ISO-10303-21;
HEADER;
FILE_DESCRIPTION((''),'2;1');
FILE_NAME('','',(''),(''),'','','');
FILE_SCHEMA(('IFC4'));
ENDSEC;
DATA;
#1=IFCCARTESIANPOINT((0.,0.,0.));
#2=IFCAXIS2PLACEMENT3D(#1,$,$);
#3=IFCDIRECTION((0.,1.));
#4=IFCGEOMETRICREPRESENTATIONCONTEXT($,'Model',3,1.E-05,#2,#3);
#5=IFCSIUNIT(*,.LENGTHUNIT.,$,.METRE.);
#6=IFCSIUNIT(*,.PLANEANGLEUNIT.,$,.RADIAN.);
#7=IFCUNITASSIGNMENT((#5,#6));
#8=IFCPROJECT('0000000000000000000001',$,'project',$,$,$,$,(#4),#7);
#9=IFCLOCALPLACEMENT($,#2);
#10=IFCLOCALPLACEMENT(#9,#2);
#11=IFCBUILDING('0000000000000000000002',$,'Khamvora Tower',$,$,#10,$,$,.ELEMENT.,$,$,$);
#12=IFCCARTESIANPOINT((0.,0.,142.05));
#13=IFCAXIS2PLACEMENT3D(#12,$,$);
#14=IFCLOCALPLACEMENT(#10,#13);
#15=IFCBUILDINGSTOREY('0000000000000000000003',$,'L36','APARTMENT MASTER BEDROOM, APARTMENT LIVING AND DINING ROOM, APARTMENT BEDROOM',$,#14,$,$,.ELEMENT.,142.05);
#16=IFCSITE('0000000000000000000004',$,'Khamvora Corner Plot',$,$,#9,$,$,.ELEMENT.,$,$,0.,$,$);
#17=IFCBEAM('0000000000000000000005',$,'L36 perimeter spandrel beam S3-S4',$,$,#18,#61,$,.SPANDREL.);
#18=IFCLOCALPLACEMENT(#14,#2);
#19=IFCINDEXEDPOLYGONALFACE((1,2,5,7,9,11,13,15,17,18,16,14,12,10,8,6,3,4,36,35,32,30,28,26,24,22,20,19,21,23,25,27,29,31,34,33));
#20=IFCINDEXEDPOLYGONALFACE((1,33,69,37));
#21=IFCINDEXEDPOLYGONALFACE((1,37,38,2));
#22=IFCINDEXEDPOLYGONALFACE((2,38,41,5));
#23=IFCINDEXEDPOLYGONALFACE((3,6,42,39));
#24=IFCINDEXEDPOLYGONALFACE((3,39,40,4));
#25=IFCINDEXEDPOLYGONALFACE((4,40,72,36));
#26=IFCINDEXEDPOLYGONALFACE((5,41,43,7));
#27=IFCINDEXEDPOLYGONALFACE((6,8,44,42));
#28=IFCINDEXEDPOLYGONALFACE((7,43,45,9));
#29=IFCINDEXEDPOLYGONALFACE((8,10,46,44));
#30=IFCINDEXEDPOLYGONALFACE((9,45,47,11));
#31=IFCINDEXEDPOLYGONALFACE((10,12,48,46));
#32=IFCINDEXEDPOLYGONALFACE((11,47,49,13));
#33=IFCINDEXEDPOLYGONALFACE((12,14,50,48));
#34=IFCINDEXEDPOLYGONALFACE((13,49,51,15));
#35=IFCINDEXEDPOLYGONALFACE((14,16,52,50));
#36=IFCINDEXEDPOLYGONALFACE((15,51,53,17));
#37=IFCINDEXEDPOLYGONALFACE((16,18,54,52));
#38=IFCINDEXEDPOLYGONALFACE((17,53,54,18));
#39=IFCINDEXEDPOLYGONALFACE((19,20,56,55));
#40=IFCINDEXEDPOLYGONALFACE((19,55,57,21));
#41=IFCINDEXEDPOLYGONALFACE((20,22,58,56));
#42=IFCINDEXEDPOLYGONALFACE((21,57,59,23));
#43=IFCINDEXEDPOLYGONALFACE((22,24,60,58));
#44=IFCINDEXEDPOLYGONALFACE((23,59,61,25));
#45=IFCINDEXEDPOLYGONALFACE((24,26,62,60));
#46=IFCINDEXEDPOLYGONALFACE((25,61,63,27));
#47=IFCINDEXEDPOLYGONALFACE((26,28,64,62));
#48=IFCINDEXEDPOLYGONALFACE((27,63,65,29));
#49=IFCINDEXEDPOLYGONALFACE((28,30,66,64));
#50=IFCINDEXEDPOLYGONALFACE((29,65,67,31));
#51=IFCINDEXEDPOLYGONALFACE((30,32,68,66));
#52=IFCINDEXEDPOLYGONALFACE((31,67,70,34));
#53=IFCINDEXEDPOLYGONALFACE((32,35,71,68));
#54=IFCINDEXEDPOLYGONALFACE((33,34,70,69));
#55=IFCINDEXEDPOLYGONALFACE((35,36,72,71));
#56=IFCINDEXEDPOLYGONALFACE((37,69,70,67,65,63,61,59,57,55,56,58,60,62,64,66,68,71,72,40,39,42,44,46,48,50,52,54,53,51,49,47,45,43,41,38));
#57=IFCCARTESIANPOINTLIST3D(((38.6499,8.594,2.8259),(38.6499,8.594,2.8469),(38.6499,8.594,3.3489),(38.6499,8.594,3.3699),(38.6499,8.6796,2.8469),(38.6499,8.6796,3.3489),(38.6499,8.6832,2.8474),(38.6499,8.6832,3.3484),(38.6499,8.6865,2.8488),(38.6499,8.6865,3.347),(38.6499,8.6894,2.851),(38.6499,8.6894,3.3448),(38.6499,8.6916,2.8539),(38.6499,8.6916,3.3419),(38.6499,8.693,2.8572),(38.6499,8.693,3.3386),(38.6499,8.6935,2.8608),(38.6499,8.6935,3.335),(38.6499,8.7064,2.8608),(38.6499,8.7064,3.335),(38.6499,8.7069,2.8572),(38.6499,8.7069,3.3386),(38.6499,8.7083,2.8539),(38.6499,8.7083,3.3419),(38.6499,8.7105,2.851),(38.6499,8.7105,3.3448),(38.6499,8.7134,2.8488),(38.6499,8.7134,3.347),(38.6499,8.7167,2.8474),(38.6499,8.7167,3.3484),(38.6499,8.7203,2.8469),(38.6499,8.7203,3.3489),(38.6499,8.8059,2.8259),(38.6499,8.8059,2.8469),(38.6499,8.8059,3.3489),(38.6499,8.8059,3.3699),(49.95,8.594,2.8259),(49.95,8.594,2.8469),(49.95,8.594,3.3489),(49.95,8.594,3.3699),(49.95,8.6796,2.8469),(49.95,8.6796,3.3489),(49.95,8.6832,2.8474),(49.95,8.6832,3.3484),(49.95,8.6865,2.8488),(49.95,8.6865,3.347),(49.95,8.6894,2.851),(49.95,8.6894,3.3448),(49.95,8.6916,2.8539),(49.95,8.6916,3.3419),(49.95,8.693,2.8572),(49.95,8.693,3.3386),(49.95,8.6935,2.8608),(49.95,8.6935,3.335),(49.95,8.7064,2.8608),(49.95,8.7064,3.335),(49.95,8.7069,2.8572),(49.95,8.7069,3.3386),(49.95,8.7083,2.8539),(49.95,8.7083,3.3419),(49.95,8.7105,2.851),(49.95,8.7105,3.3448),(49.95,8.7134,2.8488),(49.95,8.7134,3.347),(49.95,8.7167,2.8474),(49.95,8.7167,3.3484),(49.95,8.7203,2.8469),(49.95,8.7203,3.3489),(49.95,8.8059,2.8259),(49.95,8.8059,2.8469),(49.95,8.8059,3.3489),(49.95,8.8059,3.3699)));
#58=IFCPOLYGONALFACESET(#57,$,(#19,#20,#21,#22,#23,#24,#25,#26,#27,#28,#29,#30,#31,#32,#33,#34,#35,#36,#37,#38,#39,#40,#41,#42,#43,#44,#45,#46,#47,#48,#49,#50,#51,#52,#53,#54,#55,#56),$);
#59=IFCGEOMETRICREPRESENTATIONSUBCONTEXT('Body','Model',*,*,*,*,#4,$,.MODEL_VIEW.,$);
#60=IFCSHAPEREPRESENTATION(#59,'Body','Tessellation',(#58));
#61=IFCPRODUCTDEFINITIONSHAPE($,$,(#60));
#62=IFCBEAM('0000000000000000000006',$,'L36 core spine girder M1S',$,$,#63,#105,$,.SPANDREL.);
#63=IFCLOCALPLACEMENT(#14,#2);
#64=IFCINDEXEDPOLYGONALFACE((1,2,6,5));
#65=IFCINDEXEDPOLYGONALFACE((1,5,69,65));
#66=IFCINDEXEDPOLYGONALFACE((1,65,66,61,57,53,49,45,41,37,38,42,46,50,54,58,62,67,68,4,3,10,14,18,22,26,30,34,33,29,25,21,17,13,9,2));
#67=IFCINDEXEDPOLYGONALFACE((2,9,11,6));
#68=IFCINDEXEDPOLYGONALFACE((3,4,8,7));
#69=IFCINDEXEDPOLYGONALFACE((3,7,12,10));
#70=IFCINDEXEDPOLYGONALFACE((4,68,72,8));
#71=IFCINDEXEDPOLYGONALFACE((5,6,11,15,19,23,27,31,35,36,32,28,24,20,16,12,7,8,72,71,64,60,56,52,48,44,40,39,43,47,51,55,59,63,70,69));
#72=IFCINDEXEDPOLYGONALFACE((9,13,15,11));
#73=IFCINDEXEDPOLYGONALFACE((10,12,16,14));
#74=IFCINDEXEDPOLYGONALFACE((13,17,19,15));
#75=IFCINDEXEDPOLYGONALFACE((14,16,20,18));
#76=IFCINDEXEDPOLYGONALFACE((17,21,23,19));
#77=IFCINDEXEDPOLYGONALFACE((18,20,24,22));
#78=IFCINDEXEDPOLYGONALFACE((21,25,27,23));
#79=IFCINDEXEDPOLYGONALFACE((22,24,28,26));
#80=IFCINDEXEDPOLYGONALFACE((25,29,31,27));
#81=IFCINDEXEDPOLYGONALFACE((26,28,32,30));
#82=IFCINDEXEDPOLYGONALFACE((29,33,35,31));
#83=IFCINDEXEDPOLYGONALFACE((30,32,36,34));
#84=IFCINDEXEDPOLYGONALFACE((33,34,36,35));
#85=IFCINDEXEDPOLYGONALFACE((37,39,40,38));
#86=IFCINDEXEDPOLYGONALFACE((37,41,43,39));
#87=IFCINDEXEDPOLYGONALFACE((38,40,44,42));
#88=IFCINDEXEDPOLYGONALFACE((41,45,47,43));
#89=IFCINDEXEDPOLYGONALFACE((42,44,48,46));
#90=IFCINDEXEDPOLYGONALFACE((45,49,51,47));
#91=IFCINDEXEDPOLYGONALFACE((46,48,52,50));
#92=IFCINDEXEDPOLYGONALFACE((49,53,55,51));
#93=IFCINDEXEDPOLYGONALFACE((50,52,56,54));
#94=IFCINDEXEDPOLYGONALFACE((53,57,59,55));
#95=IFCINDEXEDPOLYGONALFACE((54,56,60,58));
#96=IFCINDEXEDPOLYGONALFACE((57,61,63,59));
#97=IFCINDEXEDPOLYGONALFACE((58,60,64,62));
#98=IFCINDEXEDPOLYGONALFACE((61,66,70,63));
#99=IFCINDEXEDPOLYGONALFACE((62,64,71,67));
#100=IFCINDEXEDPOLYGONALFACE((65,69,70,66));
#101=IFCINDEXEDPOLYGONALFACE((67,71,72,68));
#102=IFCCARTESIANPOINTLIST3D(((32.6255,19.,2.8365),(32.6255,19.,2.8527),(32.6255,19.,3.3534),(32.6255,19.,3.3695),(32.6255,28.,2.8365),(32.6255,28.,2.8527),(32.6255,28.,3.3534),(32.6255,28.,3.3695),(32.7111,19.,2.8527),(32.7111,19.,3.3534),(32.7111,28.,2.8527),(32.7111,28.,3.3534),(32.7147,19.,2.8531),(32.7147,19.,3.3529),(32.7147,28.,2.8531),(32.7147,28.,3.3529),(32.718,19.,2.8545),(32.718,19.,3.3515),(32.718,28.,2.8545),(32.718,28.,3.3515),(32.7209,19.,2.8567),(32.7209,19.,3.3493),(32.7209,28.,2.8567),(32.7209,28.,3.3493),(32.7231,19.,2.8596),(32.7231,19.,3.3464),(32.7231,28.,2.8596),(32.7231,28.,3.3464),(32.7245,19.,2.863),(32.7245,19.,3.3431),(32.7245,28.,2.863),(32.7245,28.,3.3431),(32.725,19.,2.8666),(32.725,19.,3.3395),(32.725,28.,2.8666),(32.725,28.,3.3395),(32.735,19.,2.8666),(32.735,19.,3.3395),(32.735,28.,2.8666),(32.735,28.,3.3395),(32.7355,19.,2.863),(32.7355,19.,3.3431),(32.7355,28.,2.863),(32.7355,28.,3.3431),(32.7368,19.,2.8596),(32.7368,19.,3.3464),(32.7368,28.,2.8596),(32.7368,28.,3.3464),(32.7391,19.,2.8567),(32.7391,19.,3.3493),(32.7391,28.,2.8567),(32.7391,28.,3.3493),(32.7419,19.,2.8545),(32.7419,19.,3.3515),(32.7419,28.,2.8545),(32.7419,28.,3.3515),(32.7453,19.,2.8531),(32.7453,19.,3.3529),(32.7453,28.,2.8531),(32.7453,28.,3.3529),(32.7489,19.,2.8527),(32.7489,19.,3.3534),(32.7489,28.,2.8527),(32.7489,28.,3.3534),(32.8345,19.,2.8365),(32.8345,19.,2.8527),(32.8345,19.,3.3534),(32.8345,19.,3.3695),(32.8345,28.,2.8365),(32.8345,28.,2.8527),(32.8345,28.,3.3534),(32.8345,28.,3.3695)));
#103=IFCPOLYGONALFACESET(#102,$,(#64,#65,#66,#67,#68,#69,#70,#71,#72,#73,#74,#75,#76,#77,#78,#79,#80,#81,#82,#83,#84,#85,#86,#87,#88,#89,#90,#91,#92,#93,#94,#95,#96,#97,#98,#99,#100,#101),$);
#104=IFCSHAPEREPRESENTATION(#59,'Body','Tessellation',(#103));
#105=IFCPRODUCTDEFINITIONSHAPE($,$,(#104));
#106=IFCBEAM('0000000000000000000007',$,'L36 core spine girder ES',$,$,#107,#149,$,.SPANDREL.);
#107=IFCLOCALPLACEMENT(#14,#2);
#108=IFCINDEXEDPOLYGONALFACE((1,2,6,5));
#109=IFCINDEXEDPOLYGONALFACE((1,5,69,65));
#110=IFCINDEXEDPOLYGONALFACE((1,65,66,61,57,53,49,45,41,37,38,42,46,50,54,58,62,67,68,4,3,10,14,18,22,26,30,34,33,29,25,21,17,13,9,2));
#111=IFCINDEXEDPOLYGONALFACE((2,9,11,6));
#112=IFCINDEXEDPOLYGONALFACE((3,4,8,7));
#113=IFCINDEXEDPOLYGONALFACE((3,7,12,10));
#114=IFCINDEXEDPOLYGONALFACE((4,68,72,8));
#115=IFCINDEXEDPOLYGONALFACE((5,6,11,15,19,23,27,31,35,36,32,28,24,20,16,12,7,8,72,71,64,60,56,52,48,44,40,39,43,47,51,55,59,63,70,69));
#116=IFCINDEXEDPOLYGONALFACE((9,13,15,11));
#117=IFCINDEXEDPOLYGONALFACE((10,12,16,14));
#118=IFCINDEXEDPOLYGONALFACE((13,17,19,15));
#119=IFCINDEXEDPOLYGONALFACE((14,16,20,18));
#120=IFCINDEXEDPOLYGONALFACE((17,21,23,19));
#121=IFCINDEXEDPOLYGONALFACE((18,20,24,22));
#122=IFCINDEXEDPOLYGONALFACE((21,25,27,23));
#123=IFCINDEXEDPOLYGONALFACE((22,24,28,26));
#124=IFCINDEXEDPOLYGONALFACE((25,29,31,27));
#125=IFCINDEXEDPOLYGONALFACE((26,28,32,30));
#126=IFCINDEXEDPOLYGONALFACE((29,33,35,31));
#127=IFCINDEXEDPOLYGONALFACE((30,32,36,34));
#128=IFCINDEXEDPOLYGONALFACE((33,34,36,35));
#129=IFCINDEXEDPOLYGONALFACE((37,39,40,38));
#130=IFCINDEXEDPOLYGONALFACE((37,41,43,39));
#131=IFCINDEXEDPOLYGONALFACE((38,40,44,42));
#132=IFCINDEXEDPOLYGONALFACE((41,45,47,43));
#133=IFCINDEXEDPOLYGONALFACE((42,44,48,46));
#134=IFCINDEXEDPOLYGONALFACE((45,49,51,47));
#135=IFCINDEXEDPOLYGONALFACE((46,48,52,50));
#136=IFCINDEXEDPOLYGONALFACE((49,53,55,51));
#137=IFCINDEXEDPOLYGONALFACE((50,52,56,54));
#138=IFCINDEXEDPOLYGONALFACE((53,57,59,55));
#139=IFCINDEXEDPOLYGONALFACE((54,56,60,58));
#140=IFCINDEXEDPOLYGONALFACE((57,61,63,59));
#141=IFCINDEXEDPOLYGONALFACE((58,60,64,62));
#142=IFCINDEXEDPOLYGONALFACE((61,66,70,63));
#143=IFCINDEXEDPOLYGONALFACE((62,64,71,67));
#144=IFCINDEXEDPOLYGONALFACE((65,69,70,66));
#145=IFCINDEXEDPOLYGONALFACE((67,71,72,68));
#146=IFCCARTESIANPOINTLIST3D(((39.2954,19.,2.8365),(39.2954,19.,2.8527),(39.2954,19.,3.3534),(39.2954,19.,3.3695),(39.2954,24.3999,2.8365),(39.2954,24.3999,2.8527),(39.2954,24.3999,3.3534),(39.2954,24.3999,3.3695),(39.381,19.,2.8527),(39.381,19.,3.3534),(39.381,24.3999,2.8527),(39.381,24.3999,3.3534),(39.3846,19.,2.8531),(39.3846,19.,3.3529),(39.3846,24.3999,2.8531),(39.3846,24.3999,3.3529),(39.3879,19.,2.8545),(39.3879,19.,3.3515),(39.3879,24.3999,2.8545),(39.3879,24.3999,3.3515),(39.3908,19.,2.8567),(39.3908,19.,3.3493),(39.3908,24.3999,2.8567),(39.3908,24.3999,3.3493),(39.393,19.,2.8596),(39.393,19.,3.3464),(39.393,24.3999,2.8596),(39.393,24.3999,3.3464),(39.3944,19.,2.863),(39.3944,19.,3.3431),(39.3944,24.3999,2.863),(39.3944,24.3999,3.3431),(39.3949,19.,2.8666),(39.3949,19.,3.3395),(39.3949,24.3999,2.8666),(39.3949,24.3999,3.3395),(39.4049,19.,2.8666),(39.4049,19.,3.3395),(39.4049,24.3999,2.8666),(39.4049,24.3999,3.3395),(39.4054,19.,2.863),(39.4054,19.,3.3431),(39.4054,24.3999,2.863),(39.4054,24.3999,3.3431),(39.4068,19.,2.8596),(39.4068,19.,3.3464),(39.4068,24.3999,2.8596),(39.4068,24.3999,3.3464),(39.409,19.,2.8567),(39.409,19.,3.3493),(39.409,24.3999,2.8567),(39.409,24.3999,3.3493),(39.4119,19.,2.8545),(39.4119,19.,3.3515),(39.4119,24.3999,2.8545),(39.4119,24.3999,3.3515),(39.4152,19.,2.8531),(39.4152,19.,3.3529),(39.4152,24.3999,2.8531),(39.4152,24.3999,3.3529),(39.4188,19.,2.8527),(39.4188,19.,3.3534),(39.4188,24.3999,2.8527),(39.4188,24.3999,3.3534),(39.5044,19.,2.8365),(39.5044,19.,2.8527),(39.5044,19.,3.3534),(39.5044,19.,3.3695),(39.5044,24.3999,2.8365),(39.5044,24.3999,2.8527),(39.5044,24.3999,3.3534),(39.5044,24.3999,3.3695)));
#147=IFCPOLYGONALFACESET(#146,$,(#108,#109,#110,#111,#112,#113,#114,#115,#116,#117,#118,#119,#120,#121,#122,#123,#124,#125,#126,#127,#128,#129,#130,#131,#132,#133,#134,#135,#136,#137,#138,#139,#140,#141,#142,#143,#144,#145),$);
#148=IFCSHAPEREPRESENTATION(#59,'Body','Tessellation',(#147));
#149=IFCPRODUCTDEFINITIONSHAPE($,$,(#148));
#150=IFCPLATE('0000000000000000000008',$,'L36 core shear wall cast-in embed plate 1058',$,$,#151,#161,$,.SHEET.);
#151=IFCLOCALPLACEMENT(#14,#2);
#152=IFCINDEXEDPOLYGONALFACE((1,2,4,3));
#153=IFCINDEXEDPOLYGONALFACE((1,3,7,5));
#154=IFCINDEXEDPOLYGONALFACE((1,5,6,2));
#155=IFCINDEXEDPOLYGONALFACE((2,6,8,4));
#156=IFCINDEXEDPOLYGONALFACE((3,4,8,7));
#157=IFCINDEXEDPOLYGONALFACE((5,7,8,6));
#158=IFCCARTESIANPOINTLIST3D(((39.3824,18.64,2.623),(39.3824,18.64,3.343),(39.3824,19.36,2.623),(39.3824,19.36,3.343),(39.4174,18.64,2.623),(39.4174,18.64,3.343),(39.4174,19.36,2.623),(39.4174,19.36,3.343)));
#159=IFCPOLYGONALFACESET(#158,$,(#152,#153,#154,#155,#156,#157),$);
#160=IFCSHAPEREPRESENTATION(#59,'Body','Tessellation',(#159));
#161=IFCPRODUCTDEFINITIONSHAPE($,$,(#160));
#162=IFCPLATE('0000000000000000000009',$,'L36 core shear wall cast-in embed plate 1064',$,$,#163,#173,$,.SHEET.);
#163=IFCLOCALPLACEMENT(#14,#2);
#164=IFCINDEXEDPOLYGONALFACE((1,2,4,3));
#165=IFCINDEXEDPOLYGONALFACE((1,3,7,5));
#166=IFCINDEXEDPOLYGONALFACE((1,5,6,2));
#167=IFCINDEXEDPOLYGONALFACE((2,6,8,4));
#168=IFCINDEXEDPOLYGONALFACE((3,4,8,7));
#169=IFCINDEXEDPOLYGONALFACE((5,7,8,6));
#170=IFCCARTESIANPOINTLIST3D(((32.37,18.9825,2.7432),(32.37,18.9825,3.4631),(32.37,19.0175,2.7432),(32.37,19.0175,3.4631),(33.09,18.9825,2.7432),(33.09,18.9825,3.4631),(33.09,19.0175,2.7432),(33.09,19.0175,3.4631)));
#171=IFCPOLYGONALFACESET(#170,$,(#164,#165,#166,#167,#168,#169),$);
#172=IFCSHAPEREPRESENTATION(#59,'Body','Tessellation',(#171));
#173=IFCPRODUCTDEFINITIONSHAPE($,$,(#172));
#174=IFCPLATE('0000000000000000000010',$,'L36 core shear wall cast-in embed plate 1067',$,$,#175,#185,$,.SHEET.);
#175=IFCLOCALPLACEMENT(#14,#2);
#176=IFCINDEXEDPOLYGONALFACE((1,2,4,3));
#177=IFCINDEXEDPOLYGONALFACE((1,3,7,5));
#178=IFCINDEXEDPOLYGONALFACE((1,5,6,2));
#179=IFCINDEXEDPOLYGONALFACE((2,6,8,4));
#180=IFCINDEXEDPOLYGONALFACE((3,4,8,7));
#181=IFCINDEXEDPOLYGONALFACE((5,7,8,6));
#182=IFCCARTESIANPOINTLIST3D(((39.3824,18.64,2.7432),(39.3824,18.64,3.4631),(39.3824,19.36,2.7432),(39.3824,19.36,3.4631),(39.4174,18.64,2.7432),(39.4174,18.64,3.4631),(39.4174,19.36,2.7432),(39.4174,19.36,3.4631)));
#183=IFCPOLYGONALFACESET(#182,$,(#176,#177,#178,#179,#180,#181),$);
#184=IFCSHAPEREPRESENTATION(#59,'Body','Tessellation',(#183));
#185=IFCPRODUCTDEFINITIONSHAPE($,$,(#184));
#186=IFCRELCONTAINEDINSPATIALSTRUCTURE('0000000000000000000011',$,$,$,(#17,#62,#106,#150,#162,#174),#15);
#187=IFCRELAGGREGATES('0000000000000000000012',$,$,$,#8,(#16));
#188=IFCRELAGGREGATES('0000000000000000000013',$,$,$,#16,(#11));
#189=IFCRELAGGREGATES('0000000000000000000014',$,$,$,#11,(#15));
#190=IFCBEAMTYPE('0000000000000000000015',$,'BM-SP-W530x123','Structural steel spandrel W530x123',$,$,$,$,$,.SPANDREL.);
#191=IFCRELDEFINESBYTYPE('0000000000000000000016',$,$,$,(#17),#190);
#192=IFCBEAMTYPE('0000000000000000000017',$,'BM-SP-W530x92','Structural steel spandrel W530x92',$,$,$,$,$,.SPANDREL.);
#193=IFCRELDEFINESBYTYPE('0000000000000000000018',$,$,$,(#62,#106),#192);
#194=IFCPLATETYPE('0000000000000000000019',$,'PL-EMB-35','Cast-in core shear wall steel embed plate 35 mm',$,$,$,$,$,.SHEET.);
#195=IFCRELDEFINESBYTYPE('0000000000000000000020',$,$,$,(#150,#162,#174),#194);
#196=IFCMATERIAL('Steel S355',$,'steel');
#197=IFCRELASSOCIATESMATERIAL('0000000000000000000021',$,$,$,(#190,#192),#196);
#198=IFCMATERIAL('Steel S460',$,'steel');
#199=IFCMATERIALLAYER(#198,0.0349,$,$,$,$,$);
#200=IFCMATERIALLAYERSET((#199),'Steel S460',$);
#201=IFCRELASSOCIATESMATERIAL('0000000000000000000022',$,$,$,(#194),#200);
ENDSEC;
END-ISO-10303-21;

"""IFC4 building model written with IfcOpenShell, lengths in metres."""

from ifc_helpers import new_model, si_unit, direction, frame, origin, origin_2d, place, context, subcontext, project, spatial, rectangle, i_section, extrude, material, layer, layer_set, material_profile, profile_set, type_object, element, save


model = new_model("IFC4")

# Units and contexts
model_context = context("Model", 3, precision=1e-05, world=origin(), true_north=direction((0.0, 1.0)))
body_context = subcontext(model_context, "Body", "Model", "MODEL_VIEW")
ifc_project = project(units=[si_unit("LENGTHUNIT", "METRE"), si_unit("PLANEANGLEUNIT", "RADIAN")], contexts=[model_context])

# Site, building, storey
site_placement = place(None, origin())
site = spatial("IfcSite", under=ifc_project, at=site_placement, Name="Khamvora Corner Plot", CompositionType="ELEMENT", RefElevation=0.0)
building_placement = place(site_placement, origin())
building = spatial("IfcBuilding", under=site, at=building_placement, Name="Khamvora Tower", CompositionType="ELEMENT")
storey_placement = place(building_placement, frame((0.0, 0.0, 142.05)))
storey = spatial("IfcBuildingStorey", under=building, at=storey_placement, Name="L36", Description="APARTMENT MASTER BEDROOM, APARTMENT LIVING AND DINING ROOM, APARTMENT BEDROOM", CompositionType="ELEMENT", Elevation=142.05)

# Shared definitions
ifc_material_1 = material(Name="Steel S460", Category="steel")
ifc_material_2 = material(Name="Steel S355", Category="steel")

# Beams
ifc_material_profile_1 = material_profile(ifc_material_2, i_section(OverallWidth=0.2119, OverallDepth=0.5439, WebThickness=0.0129, FlangeThickness=0.021, FilletRadius=0.0139, at=origin_2d()), Name="W530x123")
ifc_profile_set_1 = profile_set([ifc_material_profile_1], Name="Steel S355")
beam_type_1 = type_object("IfcBeamType", Name="BM-SP-W530x123", Description="Structural steel spandrel W530x123", PredefinedType="SPANDREL", material=ifc_profile_set_1)
beam_1_placement = place(storey_placement, frame((38.6499, 8.7, 3.0979), z_axis=(1.0, 0.0, 0.0), x_axis=(0.0, 1.0, 0.0)))
element("IfcBeam", 1, at=beam_1_placement, inside=storey, type_object=beam_type_1, Name="L36 perimeter spandrel beam S3-S4", PredefinedType="SPANDREL", context=body_context, shape_type="SweptSolid", body=[
    extrude(i_section(OverallWidth=0.2119, OverallDepth=0.5439, WebThickness=0.0129, FlangeThickness=0.021, FilletRadius=0.0139, at=origin_2d()), origin(), (0.0, 0.0, 1.0), 11.3),
])
ifc_material_profile_2 = material_profile(ifc_material_2, i_section(OverallWidth=0.209, OverallDepth=0.533, WebThickness=0.01, FlangeThickness=0.0161, FilletRadius=0.0139, at=origin_2d()), Name="W530x92")
ifc_profile_set_2 = profile_set([ifc_material_profile_2], Name="Steel S355")
beam_type_2 = type_object("IfcBeamType", Name="BM-SP-W530x92", Description="Structural steel spandrel W530x92", PredefinedType="SPANDREL", material=ifc_profile_set_2)
beam_2_placement = place(storey_placement, frame((32.73, 19.0, 3.103), z_axis=(0.0, 1.0, 0.0), x_axis=(-1.0, 0.0, 0.0)))
element("IfcBeam", 2, at=beam_2_placement, inside=storey, type_object=beam_type_2, Name="L36 core spine girder M1S", PredefinedType="SPANDREL", context=body_context, shape_type="SweptSolid", body=[
    extrude(i_section(OverallWidth=0.209, OverallDepth=0.533, WebThickness=0.01, FlangeThickness=0.0161, FilletRadius=0.0139, at=origin_2d()), origin(), (0.0, 0.0, 1.0), 9.0),
])
beam_3_placement = place(storey_placement, frame((39.3999, 19.0, 3.103), z_axis=(0.0, 1.0, 0.0), x_axis=(-1.0, 0.0, 0.0)))
element("IfcBeam", 3, at=beam_3_placement, inside=storey, type_object=beam_type_2, Name="L36 core spine girder ES", PredefinedType="SPANDREL", context=body_context, shape_type="SweptSolid", body=[
    extrude(i_section(OverallWidth=0.209, OverallDepth=0.533, WebThickness=0.01, FlangeThickness=0.0161, FilletRadius=0.0139, at=origin_2d()), origin(), (0.0, 0.0, 1.0), 5.3999),
])

# Plates
ifc_layer_1 = layer(ifc_material_1, 0.0349)
ifc_layer_set_1 = layer_set([ifc_layer_1], Name="Steel S460")
plate_type = type_object("IfcPlateType", Name="PL-EMB-35", Description="Cast-in core shear wall steel embed plate 35 mm", PredefinedType="SHEET", material=ifc_layer_set_1)
plate_1_placement = place(storey_placement, frame((39.3999, 19.0, 2.623), z_axis=(0.0, 0.0, 1.0), x_axis=(1.0, 0.0, 0.0)))
element("IfcPlate", 4, at=plate_1_placement, inside=storey, type_object=plate_type, Name="L36 core shear wall cast-in embed plate 1058", PredefinedType="SHEET", context=body_context, shape_type="SweptSolid", body=[
    extrude(rectangle(XDim=0.0349, YDim=0.72, at=origin_2d()), origin(), (0.0, 0.0, 1.0), 0.72),
])
plate_2_placement = place(storey_placement, frame((32.73, 19.0, 2.7432), z_axis=(0.0, 0.0, 1.0), x_axis=(1.0, 0.0, 0.0)))
element("IfcPlate", 5, at=plate_2_placement, inside=storey, type_object=plate_type, Name="L36 core shear wall cast-in embed plate 1064", PredefinedType="SHEET", context=body_context, shape_type="SweptSolid", body=[
    extrude(rectangle(XDim=0.72, YDim=0.0349, at=origin_2d()), origin(), (0.0, 0.0, 1.0), 0.72),
])
plate_3_placement = place(storey_placement, frame((39.3999, 19.0, 2.7432), z_axis=(0.0, 0.0, 1.0), x_axis=(1.0, 0.0, 0.0)))
element("IfcPlate", 6, at=plate_3_placement, inside=storey, type_object=plate_type, Name="L36 core shear wall cast-in embed plate 1067", PredefinedType="SHEET", context=body_context, shape_type="SweptSolid", body=[
    extrude(rectangle(XDim=0.0349, YDim=0.72, at=origin_2d()), origin(), (0.0, 0.0, 1.0), 0.72),
])

save(model, "model.ifc")
